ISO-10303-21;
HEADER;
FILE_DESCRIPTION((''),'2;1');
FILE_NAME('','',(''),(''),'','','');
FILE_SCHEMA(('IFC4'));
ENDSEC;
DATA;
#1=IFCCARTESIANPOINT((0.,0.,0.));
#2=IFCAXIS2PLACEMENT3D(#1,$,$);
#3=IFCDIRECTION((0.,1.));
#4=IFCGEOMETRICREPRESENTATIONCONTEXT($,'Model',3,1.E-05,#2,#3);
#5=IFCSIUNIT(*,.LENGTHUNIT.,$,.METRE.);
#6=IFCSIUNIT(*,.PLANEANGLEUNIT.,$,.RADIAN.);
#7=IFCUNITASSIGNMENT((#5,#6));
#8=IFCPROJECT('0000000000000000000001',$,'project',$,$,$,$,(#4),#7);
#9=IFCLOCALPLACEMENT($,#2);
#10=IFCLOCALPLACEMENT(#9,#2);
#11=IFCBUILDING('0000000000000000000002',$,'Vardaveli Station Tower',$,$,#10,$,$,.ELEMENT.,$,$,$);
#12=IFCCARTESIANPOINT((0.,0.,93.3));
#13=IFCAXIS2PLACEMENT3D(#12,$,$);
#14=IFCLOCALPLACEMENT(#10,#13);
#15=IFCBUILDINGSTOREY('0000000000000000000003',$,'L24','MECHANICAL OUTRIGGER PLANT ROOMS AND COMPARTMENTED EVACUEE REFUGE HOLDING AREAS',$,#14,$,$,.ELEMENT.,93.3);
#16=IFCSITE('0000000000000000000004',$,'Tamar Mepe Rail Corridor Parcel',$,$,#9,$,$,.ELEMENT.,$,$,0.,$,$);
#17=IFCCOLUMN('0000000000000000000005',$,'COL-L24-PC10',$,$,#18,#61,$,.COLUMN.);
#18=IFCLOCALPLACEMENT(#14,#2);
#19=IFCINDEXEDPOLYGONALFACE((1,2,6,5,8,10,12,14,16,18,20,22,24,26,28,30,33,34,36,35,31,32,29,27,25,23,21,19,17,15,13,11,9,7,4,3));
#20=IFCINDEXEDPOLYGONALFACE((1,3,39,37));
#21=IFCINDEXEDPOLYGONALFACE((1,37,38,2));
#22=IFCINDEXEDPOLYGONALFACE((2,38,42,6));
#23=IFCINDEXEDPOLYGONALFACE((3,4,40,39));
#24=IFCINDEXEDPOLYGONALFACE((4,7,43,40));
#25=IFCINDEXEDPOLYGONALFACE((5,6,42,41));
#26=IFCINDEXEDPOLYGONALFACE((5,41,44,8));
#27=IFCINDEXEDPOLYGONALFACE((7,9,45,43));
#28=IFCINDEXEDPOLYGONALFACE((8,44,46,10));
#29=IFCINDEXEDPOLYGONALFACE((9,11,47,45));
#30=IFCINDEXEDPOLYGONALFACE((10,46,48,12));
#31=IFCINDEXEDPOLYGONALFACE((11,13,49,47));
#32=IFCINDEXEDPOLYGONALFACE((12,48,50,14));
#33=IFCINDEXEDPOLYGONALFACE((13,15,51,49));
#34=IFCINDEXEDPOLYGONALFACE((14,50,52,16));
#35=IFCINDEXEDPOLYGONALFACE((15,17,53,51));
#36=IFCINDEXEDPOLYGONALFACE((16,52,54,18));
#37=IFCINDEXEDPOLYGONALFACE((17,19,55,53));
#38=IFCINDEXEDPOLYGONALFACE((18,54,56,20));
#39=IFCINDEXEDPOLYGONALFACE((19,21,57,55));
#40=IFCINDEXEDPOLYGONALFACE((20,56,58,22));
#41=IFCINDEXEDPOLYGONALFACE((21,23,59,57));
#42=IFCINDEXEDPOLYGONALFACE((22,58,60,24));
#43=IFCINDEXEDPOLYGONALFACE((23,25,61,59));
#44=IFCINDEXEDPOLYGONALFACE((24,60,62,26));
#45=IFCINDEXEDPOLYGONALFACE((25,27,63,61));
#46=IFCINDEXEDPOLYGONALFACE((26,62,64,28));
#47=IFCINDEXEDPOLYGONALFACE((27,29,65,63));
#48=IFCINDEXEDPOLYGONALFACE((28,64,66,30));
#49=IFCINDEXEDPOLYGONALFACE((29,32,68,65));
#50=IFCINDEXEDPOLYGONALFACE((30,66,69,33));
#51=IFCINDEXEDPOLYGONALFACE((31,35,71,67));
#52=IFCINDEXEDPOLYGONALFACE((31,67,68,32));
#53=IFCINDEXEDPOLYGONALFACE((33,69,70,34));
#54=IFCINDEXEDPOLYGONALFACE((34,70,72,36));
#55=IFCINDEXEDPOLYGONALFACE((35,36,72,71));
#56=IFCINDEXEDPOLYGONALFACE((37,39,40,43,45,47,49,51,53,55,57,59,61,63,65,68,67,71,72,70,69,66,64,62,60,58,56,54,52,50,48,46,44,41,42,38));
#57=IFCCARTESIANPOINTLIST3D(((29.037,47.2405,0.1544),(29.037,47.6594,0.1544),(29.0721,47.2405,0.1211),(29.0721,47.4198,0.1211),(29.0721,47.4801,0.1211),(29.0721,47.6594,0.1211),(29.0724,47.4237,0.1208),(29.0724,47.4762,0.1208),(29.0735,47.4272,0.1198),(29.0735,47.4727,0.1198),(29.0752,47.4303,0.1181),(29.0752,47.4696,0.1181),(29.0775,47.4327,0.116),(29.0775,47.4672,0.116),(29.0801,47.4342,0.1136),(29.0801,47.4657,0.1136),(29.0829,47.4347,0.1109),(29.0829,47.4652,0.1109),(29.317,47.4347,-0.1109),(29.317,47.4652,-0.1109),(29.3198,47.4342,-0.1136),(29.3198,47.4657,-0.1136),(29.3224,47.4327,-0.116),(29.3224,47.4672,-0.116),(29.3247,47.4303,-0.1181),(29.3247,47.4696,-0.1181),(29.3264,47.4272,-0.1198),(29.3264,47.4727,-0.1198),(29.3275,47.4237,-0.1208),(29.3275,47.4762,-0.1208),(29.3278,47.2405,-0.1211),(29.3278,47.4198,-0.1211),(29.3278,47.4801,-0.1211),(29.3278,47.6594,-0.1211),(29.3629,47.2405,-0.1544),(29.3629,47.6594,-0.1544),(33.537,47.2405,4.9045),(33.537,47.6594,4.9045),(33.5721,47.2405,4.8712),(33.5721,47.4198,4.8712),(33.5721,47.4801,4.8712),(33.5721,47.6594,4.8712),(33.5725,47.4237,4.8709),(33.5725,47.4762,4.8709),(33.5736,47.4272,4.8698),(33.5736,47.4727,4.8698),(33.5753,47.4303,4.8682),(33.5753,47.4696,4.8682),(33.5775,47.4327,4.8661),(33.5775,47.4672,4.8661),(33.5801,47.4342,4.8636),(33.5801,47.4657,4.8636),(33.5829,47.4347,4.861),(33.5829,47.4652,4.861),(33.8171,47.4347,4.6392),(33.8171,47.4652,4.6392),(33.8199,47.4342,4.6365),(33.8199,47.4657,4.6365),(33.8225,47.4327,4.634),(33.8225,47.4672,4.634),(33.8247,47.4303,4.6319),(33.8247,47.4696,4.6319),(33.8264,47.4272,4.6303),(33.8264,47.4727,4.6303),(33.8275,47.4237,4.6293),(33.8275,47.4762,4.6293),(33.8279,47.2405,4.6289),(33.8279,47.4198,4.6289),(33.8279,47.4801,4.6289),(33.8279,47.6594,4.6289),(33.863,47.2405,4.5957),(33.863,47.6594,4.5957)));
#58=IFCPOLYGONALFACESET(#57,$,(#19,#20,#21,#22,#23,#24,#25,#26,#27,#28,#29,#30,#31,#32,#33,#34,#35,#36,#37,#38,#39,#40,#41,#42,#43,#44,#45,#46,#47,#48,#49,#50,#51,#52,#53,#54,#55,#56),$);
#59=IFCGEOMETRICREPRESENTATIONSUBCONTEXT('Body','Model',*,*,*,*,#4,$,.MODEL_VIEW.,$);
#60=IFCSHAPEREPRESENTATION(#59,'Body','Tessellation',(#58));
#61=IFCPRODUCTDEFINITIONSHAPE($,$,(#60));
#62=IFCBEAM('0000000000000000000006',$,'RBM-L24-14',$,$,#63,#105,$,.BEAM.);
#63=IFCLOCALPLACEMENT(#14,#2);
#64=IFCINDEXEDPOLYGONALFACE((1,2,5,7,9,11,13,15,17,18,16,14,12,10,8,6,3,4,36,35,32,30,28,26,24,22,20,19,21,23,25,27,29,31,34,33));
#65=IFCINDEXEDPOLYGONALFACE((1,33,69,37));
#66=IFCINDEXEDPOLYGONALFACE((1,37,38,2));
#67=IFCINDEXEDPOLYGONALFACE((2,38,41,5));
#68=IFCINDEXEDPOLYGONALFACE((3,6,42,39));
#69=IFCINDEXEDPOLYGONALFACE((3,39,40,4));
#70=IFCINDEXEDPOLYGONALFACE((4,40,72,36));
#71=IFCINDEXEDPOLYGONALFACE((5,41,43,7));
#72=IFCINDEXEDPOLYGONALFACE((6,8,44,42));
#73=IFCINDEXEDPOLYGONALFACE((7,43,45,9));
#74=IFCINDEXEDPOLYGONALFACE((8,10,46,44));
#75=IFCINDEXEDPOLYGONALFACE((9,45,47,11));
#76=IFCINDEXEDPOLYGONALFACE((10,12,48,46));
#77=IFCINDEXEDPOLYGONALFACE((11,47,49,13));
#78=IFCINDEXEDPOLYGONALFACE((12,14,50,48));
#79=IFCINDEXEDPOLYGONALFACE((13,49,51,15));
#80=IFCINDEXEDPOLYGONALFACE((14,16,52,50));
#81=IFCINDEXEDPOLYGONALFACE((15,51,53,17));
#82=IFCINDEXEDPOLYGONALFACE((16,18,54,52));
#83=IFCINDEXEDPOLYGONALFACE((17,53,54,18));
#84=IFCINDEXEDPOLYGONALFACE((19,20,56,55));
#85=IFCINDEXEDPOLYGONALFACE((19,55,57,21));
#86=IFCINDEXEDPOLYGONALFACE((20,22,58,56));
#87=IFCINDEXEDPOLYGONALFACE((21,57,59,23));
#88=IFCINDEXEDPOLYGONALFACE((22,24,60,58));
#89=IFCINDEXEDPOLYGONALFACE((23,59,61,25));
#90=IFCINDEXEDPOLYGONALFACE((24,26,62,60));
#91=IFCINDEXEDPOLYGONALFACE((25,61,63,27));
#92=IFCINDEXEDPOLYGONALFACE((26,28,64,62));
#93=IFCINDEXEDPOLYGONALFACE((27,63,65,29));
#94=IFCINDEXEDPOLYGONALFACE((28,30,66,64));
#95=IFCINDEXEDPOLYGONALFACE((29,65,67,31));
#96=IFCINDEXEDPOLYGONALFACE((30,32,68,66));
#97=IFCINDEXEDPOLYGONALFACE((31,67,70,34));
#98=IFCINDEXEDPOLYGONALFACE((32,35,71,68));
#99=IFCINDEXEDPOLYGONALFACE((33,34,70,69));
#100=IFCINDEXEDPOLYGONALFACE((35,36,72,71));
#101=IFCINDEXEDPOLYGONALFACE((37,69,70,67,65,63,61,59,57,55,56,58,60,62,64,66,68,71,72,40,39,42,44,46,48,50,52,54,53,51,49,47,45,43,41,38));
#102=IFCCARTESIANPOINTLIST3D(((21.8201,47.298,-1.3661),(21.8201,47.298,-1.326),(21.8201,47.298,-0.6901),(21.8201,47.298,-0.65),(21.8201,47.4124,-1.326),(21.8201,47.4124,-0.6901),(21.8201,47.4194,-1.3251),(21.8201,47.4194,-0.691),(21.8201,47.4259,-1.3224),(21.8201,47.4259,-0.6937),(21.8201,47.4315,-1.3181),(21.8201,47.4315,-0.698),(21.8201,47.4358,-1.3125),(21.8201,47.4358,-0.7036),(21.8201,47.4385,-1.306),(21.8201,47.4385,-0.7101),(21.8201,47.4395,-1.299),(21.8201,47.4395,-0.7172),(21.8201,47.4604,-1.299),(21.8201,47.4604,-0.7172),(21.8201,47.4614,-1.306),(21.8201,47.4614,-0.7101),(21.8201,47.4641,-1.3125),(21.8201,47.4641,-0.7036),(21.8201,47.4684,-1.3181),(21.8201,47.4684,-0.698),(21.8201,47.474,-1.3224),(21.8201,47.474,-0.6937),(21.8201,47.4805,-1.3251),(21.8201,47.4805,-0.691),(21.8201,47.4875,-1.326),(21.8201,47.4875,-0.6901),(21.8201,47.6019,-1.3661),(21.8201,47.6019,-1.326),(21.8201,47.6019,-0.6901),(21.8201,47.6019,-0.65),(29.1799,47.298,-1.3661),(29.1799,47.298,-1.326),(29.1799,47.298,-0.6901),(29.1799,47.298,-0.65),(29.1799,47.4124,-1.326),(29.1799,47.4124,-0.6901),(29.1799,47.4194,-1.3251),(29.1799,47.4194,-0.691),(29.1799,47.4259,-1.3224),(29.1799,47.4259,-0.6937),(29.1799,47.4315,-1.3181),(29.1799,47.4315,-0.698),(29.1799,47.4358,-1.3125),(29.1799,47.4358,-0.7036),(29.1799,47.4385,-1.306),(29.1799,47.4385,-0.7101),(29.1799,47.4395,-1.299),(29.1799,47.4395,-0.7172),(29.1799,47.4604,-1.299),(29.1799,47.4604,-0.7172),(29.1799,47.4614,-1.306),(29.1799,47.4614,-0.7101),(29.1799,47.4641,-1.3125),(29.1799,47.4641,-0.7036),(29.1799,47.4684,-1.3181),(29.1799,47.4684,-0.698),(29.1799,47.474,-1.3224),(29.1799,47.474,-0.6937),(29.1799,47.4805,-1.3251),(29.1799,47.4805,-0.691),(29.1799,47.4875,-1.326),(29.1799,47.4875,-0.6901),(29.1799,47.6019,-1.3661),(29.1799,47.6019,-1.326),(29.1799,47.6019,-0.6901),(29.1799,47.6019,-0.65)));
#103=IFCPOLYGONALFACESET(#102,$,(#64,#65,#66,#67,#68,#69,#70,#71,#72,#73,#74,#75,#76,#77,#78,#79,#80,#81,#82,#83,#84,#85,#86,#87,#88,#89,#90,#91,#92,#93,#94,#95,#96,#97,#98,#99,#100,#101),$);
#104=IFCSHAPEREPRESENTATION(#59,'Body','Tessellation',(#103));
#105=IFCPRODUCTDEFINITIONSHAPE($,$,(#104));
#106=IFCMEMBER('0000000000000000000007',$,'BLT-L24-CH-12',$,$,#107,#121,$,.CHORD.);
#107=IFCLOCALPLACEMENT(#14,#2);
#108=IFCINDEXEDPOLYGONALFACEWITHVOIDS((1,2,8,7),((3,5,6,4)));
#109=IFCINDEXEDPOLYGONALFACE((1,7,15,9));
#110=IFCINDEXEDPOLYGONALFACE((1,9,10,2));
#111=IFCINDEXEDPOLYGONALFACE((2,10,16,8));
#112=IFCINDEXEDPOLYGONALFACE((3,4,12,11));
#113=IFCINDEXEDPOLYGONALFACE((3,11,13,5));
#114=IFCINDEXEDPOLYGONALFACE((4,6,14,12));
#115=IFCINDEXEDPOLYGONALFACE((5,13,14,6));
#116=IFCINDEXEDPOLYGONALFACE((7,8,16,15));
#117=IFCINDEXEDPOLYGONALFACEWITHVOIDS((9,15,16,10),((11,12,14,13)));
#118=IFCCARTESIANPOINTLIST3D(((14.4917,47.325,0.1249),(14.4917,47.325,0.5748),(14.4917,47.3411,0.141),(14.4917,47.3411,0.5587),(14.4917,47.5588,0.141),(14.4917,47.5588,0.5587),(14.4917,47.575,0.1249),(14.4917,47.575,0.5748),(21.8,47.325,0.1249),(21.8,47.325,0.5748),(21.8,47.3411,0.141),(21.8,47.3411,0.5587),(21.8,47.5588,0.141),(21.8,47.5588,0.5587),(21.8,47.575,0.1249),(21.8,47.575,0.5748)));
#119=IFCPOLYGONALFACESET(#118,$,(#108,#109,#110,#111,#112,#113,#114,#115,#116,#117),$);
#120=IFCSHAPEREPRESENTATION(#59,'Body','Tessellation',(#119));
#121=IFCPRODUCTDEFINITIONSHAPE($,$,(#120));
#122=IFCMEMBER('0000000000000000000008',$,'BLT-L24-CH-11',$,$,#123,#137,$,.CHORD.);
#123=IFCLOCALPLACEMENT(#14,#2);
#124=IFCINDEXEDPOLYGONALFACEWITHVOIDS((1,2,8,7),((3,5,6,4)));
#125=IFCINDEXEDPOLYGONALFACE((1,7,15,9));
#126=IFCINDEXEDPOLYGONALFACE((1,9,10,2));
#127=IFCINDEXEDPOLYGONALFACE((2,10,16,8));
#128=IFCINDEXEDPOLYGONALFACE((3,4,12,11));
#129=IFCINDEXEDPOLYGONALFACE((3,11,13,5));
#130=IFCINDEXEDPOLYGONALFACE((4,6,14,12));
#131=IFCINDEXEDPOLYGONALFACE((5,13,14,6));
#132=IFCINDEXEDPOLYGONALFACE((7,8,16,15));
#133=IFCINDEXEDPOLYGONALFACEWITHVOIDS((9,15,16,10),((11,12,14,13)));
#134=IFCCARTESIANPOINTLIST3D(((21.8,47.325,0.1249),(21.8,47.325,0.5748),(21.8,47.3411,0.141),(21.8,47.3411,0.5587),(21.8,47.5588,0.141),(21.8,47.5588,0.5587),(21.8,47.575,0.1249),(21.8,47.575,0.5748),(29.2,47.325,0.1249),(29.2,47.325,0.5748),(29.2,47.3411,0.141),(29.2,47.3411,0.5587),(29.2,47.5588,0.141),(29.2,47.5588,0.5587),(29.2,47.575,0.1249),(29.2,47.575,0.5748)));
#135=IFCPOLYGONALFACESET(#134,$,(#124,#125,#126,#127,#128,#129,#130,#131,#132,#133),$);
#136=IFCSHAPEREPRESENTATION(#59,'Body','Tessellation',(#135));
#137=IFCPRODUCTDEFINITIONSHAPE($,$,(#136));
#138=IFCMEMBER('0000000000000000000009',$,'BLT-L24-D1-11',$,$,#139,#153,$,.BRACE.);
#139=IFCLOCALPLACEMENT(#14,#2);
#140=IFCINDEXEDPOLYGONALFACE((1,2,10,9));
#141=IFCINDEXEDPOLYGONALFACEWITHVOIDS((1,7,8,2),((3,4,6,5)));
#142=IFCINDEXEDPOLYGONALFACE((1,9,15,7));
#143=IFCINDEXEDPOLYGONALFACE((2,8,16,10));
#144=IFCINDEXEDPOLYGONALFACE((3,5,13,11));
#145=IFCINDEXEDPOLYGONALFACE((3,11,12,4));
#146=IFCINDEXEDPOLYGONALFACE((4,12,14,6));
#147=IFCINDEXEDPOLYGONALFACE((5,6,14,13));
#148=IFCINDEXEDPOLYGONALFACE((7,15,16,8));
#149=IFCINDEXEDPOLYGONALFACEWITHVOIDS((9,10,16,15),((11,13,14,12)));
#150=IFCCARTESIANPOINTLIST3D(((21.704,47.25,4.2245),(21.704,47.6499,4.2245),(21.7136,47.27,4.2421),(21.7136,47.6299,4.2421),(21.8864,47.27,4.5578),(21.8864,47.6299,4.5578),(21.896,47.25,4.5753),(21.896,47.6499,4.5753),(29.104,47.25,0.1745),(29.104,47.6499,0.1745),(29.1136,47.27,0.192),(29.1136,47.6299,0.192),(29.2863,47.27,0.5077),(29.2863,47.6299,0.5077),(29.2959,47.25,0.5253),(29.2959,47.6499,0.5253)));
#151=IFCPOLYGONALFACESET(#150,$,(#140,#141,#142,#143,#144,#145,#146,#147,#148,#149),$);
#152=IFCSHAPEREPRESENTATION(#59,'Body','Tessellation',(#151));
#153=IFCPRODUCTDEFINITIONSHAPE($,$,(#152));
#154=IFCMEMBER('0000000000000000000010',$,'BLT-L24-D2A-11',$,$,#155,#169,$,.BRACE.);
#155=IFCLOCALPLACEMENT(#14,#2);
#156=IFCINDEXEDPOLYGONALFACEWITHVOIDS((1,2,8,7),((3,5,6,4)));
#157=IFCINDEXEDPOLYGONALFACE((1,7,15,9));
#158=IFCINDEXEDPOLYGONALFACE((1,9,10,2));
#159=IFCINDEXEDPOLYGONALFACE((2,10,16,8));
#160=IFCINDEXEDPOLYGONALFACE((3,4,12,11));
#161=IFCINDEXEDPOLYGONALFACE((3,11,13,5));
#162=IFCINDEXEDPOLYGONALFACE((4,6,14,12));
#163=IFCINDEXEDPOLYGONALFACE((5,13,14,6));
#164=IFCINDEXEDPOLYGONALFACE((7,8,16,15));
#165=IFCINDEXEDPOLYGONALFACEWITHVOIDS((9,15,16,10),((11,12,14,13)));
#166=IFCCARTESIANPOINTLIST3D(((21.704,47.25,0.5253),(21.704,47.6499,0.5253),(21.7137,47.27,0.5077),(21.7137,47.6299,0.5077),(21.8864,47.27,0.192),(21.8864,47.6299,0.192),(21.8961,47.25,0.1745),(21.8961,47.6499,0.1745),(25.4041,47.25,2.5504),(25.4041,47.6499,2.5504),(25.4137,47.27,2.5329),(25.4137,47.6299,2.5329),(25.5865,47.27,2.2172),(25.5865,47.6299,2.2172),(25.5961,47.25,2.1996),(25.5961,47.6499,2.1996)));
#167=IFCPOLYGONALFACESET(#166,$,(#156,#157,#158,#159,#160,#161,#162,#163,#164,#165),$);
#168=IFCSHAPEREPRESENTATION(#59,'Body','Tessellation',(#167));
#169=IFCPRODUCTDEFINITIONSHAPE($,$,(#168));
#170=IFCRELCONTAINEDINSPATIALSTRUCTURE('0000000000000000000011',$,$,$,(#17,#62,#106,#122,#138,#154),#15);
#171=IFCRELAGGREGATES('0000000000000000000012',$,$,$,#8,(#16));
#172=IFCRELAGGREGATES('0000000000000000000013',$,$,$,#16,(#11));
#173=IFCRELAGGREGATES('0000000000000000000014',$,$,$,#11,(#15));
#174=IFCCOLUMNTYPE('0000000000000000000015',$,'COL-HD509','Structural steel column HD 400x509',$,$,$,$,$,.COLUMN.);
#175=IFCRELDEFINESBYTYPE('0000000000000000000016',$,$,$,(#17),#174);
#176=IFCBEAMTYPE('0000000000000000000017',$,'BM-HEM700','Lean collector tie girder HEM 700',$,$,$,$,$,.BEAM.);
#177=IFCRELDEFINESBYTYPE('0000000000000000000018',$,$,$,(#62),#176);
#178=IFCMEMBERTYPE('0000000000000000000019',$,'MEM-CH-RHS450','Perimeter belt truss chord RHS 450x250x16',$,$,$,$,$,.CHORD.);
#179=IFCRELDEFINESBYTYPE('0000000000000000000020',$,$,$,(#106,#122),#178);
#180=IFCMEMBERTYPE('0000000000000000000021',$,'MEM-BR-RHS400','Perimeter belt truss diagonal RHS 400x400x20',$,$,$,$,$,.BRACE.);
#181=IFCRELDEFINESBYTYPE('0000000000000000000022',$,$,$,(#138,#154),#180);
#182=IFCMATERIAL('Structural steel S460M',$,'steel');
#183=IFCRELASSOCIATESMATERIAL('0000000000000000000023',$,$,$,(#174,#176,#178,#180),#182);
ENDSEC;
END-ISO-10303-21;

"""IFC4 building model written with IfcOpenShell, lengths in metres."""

from ifc_helpers import new_model, si_unit, direction, frame, origin, origin_2d, place, context, subcontext, project, spatial, hollow_rectangle, i_section, extrude, source, transform, mapped, material, material_profile, profile_set, type_object, element, save


model = new_model("IFC4")

# Units and contexts
model_context = context("Model", 3, precision=1e-05, world=origin(), true_north=direction((0.0, 1.0)))
body_context = subcontext(model_context, "Body", "Model", "MODEL_VIEW")
ifc_project = project(units=[si_unit("LENGTHUNIT", "METRE"), si_unit("PLANEANGLEUNIT", "RADIAN")], contexts=[model_context])

# Site, building, storey
site_placement = place(None, origin())
site = spatial("IfcSite", under=ifc_project, at=site_placement, Name="Tamar Mepe Rail Corridor Parcel", CompositionType="ELEMENT", RefElevation=0.0)
building_placement = place(site_placement, origin())
building = spatial("IfcBuilding", under=site, at=building_placement, Name="Vardaveli Station Tower", CompositionType="ELEMENT")
storey_placement = place(building_placement, frame((0.0, 0.0, 93.3)))
storey = spatial("IfcBuildingStorey", under=building, at=storey_placement, Name="L24", Description="MECHANICAL OUTRIGGER PLANT ROOMS AND COMPARTMENTED EVACUEE REFUGE HOLDING AREAS", CompositionType="ELEMENT", Elevation=93.3)

# Column
ifc_material_1 = material(Name="Structural steel S460M", Category="steel")
ifc_material_profile_1 = material_profile(ifc_material_1, i_section(OverallWidth=0.4189, OverallDepth=0.449, WebThickness=0.0305, FlangeThickness=0.0483, FilletRadius=0.0149, at=origin_2d()), Name="HD 400x509")
ifc_profile_set_1 = profile_set([ifc_material_profile_1], Name="Structural steel S460M")
column_type = type_object("IfcColumnType", Name="COL-HD509", Description="Structural steel column HD 400x509", PredefinedType="COLUMN", material=ifc_profile_set_1)
shared_shape_1 = source(origin(), body_context, "Body", "SweptSolid", [
    extrude(i_section(OverallWidth=0.4189, OverallDepth=0.449, WebThickness=0.0305, FlangeThickness=0.0483, FilletRadius=0.0149, at=origin_2d()), origin(), (0.0, 0.0, 1.0), 6.5432),
])
column_placement = place(storey_placement, frame((29.2, 47.45, 0.0), z_axis=(0.687745, 0.0, 0.725953), x_axis=(0.0, 1.0, 0.0)))
element("IfcColumn", 1, at=column_placement, inside=storey, type_object=column_type, Name="COL-L24-PC10", PredefinedType="COLUMN", context=body_context, shape_type="MappedRepresentation", body=[
    mapped(shared_shape_1, transform((0.0, 0.0, 0.0), scale=1.0)),
])

# Beam
ifc_material_profile_2 = material_profile(ifc_material_1, i_section(OverallWidth=0.304, OverallDepth=0.7161, WebThickness=0.021, FlangeThickness=0.04, FilletRadius=0.0271, at=origin_2d()), Name="HEM 700")
ifc_profile_set_2 = profile_set([ifc_material_profile_2], Name="Structural steel S460M")
beam_type = type_object("IfcBeamType", Name="BM-HEM700", Description="Lean collector tie girder HEM 700", PredefinedType="BEAM", material=ifc_profile_set_2)
shared_shape_2 = source(origin(), body_context, "Body", "SweptSolid", [
    extrude(i_section(OverallWidth=0.304, OverallDepth=0.7161, WebThickness=0.021, FlangeThickness=0.04, FilletRadius=0.0271, at=origin_2d()), origin(), (0.0, 0.0, 1.0), 7.3599),
])
beam_placement = place(storey_placement, frame((29.1799, 47.45, -1.0081), z_axis=(-1.0, 0.0, 0.0), x_axis=(0.0, -1.0, 0.0)))
element("IfcBeam", 2, at=beam_placement, inside=storey, type_object=beam_type, Name="RBM-L24-14", PredefinedType="BEAM", context=body_context, shape_type="MappedRepresentation", body=[
    mapped(shared_shape_2, transform((0.0, 0.0, 0.0), scale=1.0)),
])

# Members
ifc_material_profile_3 = material_profile(ifc_material_1, hollow_rectangle(XDim=0.25, YDim=0.45, WallThickness=0.0161, at=origin_2d()), Name="RHS 450x250x16")
ifc_profile_set_3 = profile_set([ifc_material_profile_3], Name="Structural steel S460M")
member_type_1 = type_object("IfcMemberType", Name="MEM-CH-RHS450", Description="Perimeter belt truss chord RHS 450x250x16", PredefinedType="CHORD", material=ifc_profile_set_3)
shared_shape_3 = source(origin(), body_context, "Body", "SweptSolid", [
    extrude(hollow_rectangle(XDim=0.25, YDim=0.45, WallThickness=0.0161, at=origin_2d()), origin(), (0.0, 0.0, 1.0), 7.3083),
])
member_1_placement = place(storey_placement, frame((21.8, 47.45, 0.3499), z_axis=(-1.0, 0.0, 0.0), x_axis=(0.0, -1.0, 0.0)))
element("IfcMember", 3, at=member_1_placement, inside=storey, type_object=member_type_1, Name="BLT-L24-CH-12", PredefinedType="CHORD", context=body_context, shape_type="MappedRepresentation", body=[
    mapped(shared_shape_3, transform((0.0, 0.0, 0.0), scale=1.0)),
])
shared_shape_4 = source(origin(), body_context, "Body", "SweptSolid", [
    extrude(hollow_rectangle(XDim=0.25, YDim=0.45, WallThickness=0.0161, at=origin_2d()), origin(), (0.0, 0.0, 1.0), 7.3999),
])
member_2_placement = place(storey_placement, frame((29.2, 47.45, 0.3499), z_axis=(-1.0, 0.0, 0.0), x_axis=(0.0, -1.0, 0.0)))
element("IfcMember", 4, at=member_2_placement, inside=storey, type_object=member_type_1, Name="BLT-L24-CH-11", PredefinedType="CHORD", context=body_context, shape_type="MappedRepresentation", body=[
    mapped(shared_shape_4, transform((0.0, 0.0, 0.0), scale=1.0)),
])
ifc_material_profile_4 = material_profile(ifc_material_1, hollow_rectangle(XDim=0.3999, YDim=0.3999, WallThickness=0.02, at=origin_2d()), Name="RHS 400x400x20")
ifc_profile_set_4 = profile_set([ifc_material_profile_4], Name="Structural steel S460M")
member_type_2 = type_object("IfcMemberType", Name="MEM-BR-RHS400", Description="Perimeter belt truss diagonal RHS 400x400x20", PredefinedType="BRACE", material=ifc_profile_set_4)
shared_shape_5 = source(origin(), body_context, "Body", "SweptSolid", [
    extrude(hollow_rectangle(XDim=0.3999, YDim=0.3999, WallThickness=0.02, at=origin_2d()), origin(), (0.0, 0.0, 1.0), 8.4358),
])
member_3_placement = place(storey_placement, frame((29.2, 47.45, 0.3499), z_axis=(-0.87721, 0.0, 0.480107), x_axis=(0.0, -1.0, 0.0)))
element("IfcMember", 5, at=member_3_placement, inside=storey, type_object=member_type_2, Name="BLT-L24-D1-11", PredefinedType="BRACE", context=body_context, shape_type="MappedRepresentation", body=[
    mapped(shared_shape_5, transform((0.0, 0.0, 0.0), scale=1.0)),
])
shared_shape_6 = source(origin(), body_context, "Body", "SweptSolid", [
    extrude(hollow_rectangle(XDim=0.3999, YDim=0.3999, WallThickness=0.02, at=origin_2d()), origin(), (0.0, 0.0, 1.0), 4.218),
])
member_4_placement = place(storey_placement, frame((21.8, 47.45, 0.3499), z_axis=(0.877198, 0.0, 0.480129), x_axis=(0.0, 1.0, 0.0)))
element("IfcMember", 6, at=member_4_placement, inside=storey, type_object=member_type_2, Name="BLT-L24-D2A-11", PredefinedType="BRACE", context=body_context, shape_type="MappedRepresentation", body=[
    mapped(shared_shape_6, transform((0.0, 0.0, 0.0), scale=1.0)),
])

save(model, "model.ifc")
